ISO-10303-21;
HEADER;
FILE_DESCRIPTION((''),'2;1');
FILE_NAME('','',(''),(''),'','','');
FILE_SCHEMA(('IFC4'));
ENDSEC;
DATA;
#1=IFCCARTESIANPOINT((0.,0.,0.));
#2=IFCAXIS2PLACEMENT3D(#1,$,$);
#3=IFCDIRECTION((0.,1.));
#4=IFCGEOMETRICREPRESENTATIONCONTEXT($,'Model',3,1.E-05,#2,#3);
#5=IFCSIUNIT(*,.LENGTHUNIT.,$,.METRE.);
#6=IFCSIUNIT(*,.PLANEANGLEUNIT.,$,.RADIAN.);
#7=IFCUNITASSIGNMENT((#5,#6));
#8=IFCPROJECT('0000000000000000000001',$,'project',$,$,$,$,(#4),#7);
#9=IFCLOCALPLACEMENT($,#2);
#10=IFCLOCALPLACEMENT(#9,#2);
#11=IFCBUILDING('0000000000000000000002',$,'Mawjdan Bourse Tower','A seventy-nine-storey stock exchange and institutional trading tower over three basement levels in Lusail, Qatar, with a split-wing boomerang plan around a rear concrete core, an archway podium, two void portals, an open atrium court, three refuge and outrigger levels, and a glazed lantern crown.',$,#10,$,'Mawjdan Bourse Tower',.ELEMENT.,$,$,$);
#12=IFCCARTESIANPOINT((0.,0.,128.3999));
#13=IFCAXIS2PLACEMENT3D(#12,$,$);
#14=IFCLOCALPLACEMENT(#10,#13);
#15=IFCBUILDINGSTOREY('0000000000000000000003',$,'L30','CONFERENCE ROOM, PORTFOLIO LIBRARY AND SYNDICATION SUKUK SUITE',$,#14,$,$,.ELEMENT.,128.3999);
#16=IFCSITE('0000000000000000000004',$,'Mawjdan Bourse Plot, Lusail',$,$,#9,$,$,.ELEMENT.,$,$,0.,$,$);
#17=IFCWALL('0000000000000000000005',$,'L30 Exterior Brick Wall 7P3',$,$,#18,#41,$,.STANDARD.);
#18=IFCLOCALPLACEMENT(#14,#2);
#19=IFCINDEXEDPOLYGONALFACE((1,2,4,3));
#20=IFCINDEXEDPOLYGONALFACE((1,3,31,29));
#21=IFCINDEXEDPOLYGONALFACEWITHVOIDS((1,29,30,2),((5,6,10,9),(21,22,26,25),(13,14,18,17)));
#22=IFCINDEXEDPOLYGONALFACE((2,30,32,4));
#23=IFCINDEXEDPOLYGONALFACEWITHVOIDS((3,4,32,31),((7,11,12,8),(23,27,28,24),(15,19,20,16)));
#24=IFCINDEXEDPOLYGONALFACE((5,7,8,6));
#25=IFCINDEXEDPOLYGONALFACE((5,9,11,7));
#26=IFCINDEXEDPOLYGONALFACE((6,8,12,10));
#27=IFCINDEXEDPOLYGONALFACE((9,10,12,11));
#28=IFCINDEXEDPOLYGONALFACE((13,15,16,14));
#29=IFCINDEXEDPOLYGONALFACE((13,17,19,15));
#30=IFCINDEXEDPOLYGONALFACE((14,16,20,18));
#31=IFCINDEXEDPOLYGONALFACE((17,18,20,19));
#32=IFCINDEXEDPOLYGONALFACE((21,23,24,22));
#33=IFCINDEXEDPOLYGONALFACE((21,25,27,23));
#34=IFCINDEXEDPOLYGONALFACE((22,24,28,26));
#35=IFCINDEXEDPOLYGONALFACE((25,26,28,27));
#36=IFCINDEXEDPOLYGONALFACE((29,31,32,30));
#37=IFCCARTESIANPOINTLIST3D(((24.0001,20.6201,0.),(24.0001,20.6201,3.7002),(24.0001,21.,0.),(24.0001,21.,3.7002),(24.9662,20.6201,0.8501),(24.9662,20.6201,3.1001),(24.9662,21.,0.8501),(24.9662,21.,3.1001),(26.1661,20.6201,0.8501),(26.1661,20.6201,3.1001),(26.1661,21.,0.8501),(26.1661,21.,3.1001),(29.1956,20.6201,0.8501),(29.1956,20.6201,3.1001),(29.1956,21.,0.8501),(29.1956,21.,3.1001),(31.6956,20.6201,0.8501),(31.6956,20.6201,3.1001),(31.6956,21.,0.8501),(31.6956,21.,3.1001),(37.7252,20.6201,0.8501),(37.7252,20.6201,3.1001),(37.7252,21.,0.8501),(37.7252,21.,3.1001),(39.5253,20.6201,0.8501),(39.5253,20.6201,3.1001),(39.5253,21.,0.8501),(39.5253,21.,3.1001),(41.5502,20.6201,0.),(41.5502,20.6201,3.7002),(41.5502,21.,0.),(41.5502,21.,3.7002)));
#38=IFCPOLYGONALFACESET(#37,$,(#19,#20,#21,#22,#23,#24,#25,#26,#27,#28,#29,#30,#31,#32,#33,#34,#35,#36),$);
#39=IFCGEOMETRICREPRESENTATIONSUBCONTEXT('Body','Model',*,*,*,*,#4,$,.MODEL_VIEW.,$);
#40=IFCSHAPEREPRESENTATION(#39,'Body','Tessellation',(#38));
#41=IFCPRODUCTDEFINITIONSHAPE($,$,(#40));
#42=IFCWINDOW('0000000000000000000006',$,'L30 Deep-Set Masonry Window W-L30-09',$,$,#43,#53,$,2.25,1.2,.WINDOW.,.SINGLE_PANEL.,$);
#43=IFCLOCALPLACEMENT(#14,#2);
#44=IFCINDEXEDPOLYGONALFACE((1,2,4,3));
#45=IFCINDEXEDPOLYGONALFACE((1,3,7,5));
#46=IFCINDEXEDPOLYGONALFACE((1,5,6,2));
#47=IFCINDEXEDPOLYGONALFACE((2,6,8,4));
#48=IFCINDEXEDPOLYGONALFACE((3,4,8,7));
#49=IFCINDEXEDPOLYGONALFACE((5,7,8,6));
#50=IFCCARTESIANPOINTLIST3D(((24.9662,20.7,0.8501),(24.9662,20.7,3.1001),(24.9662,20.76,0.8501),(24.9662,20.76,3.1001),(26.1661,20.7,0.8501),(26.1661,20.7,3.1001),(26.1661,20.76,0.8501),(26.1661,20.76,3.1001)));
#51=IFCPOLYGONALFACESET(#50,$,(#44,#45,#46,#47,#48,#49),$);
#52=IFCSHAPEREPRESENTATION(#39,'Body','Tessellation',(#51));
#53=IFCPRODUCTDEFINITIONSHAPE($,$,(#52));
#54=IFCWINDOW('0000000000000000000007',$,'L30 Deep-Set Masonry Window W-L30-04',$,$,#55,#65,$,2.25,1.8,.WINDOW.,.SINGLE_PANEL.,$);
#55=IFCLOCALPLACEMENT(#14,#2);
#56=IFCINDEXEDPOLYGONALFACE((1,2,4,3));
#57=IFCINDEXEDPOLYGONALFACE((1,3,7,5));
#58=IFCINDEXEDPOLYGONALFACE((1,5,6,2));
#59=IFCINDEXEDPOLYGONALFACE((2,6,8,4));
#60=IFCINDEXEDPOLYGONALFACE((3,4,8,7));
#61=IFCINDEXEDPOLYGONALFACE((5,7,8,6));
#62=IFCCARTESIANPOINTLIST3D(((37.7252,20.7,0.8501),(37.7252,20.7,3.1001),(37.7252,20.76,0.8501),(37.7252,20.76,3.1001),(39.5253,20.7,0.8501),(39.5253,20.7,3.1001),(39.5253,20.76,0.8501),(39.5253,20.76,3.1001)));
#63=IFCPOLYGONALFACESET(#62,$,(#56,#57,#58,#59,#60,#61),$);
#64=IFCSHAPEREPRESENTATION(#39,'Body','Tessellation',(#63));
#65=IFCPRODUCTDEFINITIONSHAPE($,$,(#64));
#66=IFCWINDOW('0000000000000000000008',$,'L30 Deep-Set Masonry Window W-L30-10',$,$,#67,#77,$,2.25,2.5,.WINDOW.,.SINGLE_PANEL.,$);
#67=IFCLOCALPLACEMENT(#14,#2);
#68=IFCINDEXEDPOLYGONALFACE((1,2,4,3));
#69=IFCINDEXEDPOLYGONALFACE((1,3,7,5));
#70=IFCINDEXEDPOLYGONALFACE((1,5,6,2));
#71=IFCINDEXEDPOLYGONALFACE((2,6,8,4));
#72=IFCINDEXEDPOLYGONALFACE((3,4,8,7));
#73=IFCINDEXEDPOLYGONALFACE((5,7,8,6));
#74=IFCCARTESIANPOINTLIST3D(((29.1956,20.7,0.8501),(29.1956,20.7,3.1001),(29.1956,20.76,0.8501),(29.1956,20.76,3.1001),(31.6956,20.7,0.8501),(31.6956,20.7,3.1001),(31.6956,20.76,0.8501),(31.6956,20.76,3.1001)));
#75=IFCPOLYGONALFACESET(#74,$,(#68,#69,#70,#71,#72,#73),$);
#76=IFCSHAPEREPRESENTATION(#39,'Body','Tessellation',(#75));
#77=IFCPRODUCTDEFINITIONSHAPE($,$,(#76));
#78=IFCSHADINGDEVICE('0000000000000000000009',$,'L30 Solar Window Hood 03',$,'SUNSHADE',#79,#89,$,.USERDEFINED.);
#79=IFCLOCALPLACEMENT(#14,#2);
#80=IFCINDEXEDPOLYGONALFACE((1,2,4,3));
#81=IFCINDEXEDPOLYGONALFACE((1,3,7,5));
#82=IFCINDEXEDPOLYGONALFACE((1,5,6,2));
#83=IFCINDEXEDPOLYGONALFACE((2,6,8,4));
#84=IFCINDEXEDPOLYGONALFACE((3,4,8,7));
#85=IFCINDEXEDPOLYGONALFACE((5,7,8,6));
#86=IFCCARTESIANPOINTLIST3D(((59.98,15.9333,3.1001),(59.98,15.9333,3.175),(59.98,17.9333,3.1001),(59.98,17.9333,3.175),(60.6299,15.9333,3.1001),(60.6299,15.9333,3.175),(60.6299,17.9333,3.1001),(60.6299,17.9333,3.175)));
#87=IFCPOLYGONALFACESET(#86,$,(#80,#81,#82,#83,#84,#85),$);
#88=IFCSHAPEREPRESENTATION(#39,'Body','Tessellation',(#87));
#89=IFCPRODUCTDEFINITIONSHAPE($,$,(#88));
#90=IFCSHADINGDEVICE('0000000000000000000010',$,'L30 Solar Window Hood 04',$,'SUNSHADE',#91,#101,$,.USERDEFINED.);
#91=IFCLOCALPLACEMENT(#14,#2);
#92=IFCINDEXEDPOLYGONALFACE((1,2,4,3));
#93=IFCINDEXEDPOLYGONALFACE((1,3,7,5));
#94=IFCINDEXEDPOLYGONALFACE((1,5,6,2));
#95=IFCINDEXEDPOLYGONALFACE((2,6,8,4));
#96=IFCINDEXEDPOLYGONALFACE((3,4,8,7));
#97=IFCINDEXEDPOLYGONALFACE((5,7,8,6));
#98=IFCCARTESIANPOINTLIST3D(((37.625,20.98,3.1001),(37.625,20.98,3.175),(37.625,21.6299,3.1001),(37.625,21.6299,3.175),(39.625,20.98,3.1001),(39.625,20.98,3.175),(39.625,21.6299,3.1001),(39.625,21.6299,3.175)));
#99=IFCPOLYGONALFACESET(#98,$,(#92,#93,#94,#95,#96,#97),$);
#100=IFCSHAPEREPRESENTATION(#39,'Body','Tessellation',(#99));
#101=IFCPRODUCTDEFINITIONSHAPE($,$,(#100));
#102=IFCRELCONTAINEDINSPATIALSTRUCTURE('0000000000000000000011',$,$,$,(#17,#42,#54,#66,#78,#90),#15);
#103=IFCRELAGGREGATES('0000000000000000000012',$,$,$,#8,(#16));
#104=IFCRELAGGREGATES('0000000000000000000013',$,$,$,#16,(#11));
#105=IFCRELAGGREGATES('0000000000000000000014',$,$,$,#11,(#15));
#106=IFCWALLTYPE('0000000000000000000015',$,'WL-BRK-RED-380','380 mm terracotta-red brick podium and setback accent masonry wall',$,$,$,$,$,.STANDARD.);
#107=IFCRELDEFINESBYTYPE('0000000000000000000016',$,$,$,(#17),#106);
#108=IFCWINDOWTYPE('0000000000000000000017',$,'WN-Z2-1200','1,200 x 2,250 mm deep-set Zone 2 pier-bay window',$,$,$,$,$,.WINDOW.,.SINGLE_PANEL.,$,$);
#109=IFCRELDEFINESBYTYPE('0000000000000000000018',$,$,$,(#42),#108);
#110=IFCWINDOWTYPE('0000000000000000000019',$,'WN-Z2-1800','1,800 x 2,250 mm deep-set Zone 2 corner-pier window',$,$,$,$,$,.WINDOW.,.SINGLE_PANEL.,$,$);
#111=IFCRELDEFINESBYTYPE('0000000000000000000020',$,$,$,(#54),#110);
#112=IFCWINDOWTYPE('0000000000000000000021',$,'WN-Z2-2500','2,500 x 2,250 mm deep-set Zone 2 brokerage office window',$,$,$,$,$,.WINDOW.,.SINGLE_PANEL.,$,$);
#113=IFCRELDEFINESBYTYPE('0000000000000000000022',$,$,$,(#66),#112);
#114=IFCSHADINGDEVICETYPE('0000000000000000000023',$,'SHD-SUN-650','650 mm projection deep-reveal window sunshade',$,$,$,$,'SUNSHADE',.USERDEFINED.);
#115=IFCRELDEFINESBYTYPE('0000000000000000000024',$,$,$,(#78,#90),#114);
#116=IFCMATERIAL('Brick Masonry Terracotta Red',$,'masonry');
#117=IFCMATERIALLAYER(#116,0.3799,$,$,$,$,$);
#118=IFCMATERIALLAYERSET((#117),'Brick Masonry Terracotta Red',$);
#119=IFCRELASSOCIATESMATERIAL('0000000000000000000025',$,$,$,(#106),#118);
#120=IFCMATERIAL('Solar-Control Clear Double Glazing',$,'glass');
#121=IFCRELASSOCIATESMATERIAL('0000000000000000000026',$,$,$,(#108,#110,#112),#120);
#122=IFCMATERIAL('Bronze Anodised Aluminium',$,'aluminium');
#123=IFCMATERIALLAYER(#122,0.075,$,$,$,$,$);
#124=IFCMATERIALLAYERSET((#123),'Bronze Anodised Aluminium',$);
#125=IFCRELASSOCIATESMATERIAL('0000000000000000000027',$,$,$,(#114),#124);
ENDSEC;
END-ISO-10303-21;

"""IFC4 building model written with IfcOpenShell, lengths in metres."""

from ifc_helpers import new_model, si_unit, direction, frame, frame_2d, origin, origin_2d, place, context, subcontext, project, spatial, rectangle, extrude, material, layer, layer_set, type_object, element, fill, save


model = new_model("IFC4")

# Units and contexts
model_context = context("Model", 3, precision=1e-05, world=origin(), true_north=direction((0.0, 1.0)))
body_context = subcontext(model_context, "Body", "Model", "MODEL_VIEW")
ifc_project = project(units=[si_unit("LENGTHUNIT", "METRE"), si_unit("PLANEANGLEUNIT", "RADIAN")], contexts=[model_context])

# Site, building, storey
site_placement = place(None, origin())
site = spatial("IfcSite", under=ifc_project, at=site_placement, Name="Mawjdan Bourse Plot, Lusail", CompositionType="ELEMENT", RefElevation=0.0)
building_placement = place(site_placement, origin())
building = spatial("IfcBuilding", under=site, at=building_placement, Name="Mawjdan Bourse Tower", Description="A seventy-nine-storey stock exchange and institutional trading tower over three basement levels in Lusail, Qatar, with a split-wing boomerang plan around a rear concrete core, an archway podium, two void portals, an open atrium court, three refuge and outrigger levels, and a glazed lantern crown.", LongName="Mawjdan Bourse Tower", CompositionType="ELEMENT")
storey_placement = place(building_placement, frame((0.0, 0.0, 128.3999)))
storey = spatial("IfcBuildingStorey", under=building, at=storey_placement, Name="L30", Description="CONFERENCE ROOM, PORTFOLIO LIBRARY AND SYNDICATION SUKUK SUITE", CompositionType="ELEMENT", Elevation=128.3999)

# Shared definitions
ifc_material_1 = material(Name="Brick Masonry Terracotta Red", Category="masonry")
ifc_layer_1 = layer(ifc_material_1, 0.3799)
ifc_layer_set_1 = layer_set([ifc_layer_1], Name="Brick Masonry Terracotta Red")
wall_type = type_object("IfcWallType", Name="WL-BRK-RED-380", Description="380 mm terracotta-red brick podium and setback accent masonry wall", PredefinedType="STANDARD", material=ifc_layer_set_1)

# Wall, openings, windows
wall_1_placement = place(storey_placement, frame((41.55, 20.8101, 0.0), z_axis=(0.0, 0.0, 1.0), x_axis=(-1.0, 0.0, 0.0)))
wall_1 = element("IfcWall", 1, at=wall_1_placement, inside=storey, type_object=wall_type, Name="L30 Exterior Brick Wall 7P3", PredefinedType="STANDARD", context=body_context, shape_type="SweptSolid", body=[
    extrude(rectangle(XDim=17.55, YDim=0.3799, at=frame_2d((8.7749, 0.0))), origin(), (0.0, 0.0, 1.0), 3.7002),
])
opening_1_placement = place(wall_1_placement, frame((2.0249, 0.0, 0.8501)))
opening_1 = element("IfcOpeningElement", 2, at=opening_1_placement, cuts=wall_1, PredefinedType="OPENING", context=body_context, shape_type="SweptSolid", body=[
    extrude(rectangle(XDim=1.8, YDim=2.25, at=frame_2d((0.8999, 1.125))), frame((0.0, 0.2, 0.0), z_axis=(0.0, -1.0, 0.0), x_axis=(1.0, 0.0, 0.0)), (0.0, 0.0, 1.0), 0.3999),
])
opening_2_placement = place(wall_1_placement, frame((15.3838, 0.0, 0.8501)))
opening_2 = element("IfcOpeningElement", 3, at=opening_2_placement, cuts=wall_1, PredefinedType="OPENING", context=body_context, shape_type="SweptSolid", body=[
    extrude(rectangle(XDim=1.2, YDim=2.25, at=frame_2d((0.6001, 1.125))), frame((0.0, 0.2, 0.0), z_axis=(0.0, -1.0, 0.0), x_axis=(1.0, 0.0, 0.0)), (0.0, 0.0, 1.0), 0.3999),
])
opening_3_placement = place(wall_1_placement, frame((9.8545, 0.0, 0.8501)))
opening_3 = element("IfcOpeningElement", 4, at=opening_3_placement, cuts=wall_1, PredefinedType="OPENING", context=body_context, shape_type="SweptSolid", body=[
    extrude(rectangle(XDim=2.5, YDim=2.25, at=frame_2d((1.25, 1.125))), frame((0.0, 0.2, 0.0), z_axis=(0.0, -1.0, 0.0), x_axis=(1.0, 0.0, 0.0)), (0.0, 0.0, 1.0), 0.3999),
])
ifc_material_2 = material(Name="Solar-Control Clear Double Glazing", Category="glass")
window_type_1 = type_object("IfcWindowType", Name="WN-Z2-1200", Description="1,200 x 2,250 mm deep-set Zone 2 pier-bay window", PartitioningType="SINGLE_PANEL", PredefinedType="WINDOW", material=ifc_material_2)
window_1_placement = place(opening_2_placement, origin())
window_1 = element("IfcWindow", 5, at=window_1_placement, inside=storey, type_object=window_type_1, Name="L30 Deep-Set Masonry Window W-L30-09", OverallHeight=2.25, OverallWidth=1.2, PartitioningType="SINGLE_PANEL", PredefinedType="WINDOW", context=body_context, shape_type="SweptSolid", body=[
    extrude(rectangle(XDim=1.2, YDim=2.25, at=frame_2d((0.6001, 1.125))), frame((0.0, 0.1101, 0.0), z_axis=(0.0, -1.0, 0.0), x_axis=(1.0, 0.0, 0.0)), (0.0, 0.0, 1.0), 0.0601),
])
fill(opening_2, window_1)
window_type_2 = type_object("IfcWindowType", Name="WN-Z2-1800", Description="1,800 x 2,250 mm deep-set Zone 2 corner-pier window", PartitioningType="SINGLE_PANEL", PredefinedType="WINDOW", material=ifc_material_2)
window_2_placement = place(opening_1_placement, origin())
window_2 = element("IfcWindow", 6, at=window_2_placement, inside=storey, type_object=window_type_2, Name="L30 Deep-Set Masonry Window W-L30-04", OverallHeight=2.25, OverallWidth=1.8, PartitioningType="SINGLE_PANEL", PredefinedType="WINDOW", context=body_context, shape_type="SweptSolid", body=[
    extrude(rectangle(XDim=1.8, YDim=2.25, at=frame_2d((0.8999, 1.125))), frame((0.0, 0.1101, 0.0), z_axis=(0.0, -1.0, 0.0), x_axis=(1.0, 0.0, 0.0)), (0.0, 0.0, 1.0), 0.0601),
])
fill(opening_1, window_2)
window_type_3 = type_object("IfcWindowType", Name="WN-Z2-2500", Description="2,500 x 2,250 mm deep-set Zone 2 brokerage office window", PartitioningType="SINGLE_PANEL", PredefinedType="WINDOW", material=ifc_material_2)
window_3_placement = place(opening_3_placement, origin())
window_3 = element("IfcWindow", 7, at=window_3_placement, inside=storey, type_object=window_type_3, Name="L30 Deep-Set Masonry Window W-L30-10", OverallHeight=2.25, OverallWidth=2.5, PartitioningType="SINGLE_PANEL", PredefinedType="WINDOW", context=body_context, shape_type="SweptSolid", body=[
    extrude(rectangle(XDim=2.5, YDim=2.25, at=frame_2d((1.25, 1.125))), frame((0.0, 0.1101, 0.0), z_axis=(0.0, -1.0, 0.0), x_axis=(1.0, 0.0, 0.0)), (0.0, 0.0, 1.0), 0.0601),
])
fill(opening_3, window_3)

# Shading devices
ifc_material_3 = material(Name="Bronze Anodised Aluminium", Category="aluminium")
ifc_layer_2 = layer(ifc_material_3, 0.075)
ifc_layer_set_2 = layer_set([ifc_layer_2], Name="Bronze Anodised Aluminium")
shading_device_type = type_object("IfcShadingDeviceType", Name="SHD-SUN-650", Description="650 mm projection deep-reveal window sunshade", ElementType="SUNSHADE", PredefinedType="USERDEFINED", material=ifc_layer_set_2)
for number, where, z_axis, x_axis, name in (
    (8, (60.3049, 16.9333, 3.1001), (0.0, 0.0, 1.0), (0.0, 1.0, 0.0), "L30 Solar Window Hood 03"),
    (9, (38.625, 21.3049, 3.1001), (0.0, 0.0, 1.0), (-1.0, 0.0, 0.0), "L30 Solar Window Hood 04"),
):
    element("IfcShadingDevice", number, at=place(storey_placement, frame(where, z_axis=z_axis, x_axis=x_axis)), inside=storey, type_object=shading_device_type, Name=name, ObjectType="SUNSHADE", PredefinedType="USERDEFINED", context=body_context, shape_type="SweptSolid", body=[
        extrude(rectangle(XDim=2.0, YDim=0.6499, at=origin_2d()), origin(), (0.0, 0.0, 1.0), 0.075),
    ])

save(model, "model.ifc")
